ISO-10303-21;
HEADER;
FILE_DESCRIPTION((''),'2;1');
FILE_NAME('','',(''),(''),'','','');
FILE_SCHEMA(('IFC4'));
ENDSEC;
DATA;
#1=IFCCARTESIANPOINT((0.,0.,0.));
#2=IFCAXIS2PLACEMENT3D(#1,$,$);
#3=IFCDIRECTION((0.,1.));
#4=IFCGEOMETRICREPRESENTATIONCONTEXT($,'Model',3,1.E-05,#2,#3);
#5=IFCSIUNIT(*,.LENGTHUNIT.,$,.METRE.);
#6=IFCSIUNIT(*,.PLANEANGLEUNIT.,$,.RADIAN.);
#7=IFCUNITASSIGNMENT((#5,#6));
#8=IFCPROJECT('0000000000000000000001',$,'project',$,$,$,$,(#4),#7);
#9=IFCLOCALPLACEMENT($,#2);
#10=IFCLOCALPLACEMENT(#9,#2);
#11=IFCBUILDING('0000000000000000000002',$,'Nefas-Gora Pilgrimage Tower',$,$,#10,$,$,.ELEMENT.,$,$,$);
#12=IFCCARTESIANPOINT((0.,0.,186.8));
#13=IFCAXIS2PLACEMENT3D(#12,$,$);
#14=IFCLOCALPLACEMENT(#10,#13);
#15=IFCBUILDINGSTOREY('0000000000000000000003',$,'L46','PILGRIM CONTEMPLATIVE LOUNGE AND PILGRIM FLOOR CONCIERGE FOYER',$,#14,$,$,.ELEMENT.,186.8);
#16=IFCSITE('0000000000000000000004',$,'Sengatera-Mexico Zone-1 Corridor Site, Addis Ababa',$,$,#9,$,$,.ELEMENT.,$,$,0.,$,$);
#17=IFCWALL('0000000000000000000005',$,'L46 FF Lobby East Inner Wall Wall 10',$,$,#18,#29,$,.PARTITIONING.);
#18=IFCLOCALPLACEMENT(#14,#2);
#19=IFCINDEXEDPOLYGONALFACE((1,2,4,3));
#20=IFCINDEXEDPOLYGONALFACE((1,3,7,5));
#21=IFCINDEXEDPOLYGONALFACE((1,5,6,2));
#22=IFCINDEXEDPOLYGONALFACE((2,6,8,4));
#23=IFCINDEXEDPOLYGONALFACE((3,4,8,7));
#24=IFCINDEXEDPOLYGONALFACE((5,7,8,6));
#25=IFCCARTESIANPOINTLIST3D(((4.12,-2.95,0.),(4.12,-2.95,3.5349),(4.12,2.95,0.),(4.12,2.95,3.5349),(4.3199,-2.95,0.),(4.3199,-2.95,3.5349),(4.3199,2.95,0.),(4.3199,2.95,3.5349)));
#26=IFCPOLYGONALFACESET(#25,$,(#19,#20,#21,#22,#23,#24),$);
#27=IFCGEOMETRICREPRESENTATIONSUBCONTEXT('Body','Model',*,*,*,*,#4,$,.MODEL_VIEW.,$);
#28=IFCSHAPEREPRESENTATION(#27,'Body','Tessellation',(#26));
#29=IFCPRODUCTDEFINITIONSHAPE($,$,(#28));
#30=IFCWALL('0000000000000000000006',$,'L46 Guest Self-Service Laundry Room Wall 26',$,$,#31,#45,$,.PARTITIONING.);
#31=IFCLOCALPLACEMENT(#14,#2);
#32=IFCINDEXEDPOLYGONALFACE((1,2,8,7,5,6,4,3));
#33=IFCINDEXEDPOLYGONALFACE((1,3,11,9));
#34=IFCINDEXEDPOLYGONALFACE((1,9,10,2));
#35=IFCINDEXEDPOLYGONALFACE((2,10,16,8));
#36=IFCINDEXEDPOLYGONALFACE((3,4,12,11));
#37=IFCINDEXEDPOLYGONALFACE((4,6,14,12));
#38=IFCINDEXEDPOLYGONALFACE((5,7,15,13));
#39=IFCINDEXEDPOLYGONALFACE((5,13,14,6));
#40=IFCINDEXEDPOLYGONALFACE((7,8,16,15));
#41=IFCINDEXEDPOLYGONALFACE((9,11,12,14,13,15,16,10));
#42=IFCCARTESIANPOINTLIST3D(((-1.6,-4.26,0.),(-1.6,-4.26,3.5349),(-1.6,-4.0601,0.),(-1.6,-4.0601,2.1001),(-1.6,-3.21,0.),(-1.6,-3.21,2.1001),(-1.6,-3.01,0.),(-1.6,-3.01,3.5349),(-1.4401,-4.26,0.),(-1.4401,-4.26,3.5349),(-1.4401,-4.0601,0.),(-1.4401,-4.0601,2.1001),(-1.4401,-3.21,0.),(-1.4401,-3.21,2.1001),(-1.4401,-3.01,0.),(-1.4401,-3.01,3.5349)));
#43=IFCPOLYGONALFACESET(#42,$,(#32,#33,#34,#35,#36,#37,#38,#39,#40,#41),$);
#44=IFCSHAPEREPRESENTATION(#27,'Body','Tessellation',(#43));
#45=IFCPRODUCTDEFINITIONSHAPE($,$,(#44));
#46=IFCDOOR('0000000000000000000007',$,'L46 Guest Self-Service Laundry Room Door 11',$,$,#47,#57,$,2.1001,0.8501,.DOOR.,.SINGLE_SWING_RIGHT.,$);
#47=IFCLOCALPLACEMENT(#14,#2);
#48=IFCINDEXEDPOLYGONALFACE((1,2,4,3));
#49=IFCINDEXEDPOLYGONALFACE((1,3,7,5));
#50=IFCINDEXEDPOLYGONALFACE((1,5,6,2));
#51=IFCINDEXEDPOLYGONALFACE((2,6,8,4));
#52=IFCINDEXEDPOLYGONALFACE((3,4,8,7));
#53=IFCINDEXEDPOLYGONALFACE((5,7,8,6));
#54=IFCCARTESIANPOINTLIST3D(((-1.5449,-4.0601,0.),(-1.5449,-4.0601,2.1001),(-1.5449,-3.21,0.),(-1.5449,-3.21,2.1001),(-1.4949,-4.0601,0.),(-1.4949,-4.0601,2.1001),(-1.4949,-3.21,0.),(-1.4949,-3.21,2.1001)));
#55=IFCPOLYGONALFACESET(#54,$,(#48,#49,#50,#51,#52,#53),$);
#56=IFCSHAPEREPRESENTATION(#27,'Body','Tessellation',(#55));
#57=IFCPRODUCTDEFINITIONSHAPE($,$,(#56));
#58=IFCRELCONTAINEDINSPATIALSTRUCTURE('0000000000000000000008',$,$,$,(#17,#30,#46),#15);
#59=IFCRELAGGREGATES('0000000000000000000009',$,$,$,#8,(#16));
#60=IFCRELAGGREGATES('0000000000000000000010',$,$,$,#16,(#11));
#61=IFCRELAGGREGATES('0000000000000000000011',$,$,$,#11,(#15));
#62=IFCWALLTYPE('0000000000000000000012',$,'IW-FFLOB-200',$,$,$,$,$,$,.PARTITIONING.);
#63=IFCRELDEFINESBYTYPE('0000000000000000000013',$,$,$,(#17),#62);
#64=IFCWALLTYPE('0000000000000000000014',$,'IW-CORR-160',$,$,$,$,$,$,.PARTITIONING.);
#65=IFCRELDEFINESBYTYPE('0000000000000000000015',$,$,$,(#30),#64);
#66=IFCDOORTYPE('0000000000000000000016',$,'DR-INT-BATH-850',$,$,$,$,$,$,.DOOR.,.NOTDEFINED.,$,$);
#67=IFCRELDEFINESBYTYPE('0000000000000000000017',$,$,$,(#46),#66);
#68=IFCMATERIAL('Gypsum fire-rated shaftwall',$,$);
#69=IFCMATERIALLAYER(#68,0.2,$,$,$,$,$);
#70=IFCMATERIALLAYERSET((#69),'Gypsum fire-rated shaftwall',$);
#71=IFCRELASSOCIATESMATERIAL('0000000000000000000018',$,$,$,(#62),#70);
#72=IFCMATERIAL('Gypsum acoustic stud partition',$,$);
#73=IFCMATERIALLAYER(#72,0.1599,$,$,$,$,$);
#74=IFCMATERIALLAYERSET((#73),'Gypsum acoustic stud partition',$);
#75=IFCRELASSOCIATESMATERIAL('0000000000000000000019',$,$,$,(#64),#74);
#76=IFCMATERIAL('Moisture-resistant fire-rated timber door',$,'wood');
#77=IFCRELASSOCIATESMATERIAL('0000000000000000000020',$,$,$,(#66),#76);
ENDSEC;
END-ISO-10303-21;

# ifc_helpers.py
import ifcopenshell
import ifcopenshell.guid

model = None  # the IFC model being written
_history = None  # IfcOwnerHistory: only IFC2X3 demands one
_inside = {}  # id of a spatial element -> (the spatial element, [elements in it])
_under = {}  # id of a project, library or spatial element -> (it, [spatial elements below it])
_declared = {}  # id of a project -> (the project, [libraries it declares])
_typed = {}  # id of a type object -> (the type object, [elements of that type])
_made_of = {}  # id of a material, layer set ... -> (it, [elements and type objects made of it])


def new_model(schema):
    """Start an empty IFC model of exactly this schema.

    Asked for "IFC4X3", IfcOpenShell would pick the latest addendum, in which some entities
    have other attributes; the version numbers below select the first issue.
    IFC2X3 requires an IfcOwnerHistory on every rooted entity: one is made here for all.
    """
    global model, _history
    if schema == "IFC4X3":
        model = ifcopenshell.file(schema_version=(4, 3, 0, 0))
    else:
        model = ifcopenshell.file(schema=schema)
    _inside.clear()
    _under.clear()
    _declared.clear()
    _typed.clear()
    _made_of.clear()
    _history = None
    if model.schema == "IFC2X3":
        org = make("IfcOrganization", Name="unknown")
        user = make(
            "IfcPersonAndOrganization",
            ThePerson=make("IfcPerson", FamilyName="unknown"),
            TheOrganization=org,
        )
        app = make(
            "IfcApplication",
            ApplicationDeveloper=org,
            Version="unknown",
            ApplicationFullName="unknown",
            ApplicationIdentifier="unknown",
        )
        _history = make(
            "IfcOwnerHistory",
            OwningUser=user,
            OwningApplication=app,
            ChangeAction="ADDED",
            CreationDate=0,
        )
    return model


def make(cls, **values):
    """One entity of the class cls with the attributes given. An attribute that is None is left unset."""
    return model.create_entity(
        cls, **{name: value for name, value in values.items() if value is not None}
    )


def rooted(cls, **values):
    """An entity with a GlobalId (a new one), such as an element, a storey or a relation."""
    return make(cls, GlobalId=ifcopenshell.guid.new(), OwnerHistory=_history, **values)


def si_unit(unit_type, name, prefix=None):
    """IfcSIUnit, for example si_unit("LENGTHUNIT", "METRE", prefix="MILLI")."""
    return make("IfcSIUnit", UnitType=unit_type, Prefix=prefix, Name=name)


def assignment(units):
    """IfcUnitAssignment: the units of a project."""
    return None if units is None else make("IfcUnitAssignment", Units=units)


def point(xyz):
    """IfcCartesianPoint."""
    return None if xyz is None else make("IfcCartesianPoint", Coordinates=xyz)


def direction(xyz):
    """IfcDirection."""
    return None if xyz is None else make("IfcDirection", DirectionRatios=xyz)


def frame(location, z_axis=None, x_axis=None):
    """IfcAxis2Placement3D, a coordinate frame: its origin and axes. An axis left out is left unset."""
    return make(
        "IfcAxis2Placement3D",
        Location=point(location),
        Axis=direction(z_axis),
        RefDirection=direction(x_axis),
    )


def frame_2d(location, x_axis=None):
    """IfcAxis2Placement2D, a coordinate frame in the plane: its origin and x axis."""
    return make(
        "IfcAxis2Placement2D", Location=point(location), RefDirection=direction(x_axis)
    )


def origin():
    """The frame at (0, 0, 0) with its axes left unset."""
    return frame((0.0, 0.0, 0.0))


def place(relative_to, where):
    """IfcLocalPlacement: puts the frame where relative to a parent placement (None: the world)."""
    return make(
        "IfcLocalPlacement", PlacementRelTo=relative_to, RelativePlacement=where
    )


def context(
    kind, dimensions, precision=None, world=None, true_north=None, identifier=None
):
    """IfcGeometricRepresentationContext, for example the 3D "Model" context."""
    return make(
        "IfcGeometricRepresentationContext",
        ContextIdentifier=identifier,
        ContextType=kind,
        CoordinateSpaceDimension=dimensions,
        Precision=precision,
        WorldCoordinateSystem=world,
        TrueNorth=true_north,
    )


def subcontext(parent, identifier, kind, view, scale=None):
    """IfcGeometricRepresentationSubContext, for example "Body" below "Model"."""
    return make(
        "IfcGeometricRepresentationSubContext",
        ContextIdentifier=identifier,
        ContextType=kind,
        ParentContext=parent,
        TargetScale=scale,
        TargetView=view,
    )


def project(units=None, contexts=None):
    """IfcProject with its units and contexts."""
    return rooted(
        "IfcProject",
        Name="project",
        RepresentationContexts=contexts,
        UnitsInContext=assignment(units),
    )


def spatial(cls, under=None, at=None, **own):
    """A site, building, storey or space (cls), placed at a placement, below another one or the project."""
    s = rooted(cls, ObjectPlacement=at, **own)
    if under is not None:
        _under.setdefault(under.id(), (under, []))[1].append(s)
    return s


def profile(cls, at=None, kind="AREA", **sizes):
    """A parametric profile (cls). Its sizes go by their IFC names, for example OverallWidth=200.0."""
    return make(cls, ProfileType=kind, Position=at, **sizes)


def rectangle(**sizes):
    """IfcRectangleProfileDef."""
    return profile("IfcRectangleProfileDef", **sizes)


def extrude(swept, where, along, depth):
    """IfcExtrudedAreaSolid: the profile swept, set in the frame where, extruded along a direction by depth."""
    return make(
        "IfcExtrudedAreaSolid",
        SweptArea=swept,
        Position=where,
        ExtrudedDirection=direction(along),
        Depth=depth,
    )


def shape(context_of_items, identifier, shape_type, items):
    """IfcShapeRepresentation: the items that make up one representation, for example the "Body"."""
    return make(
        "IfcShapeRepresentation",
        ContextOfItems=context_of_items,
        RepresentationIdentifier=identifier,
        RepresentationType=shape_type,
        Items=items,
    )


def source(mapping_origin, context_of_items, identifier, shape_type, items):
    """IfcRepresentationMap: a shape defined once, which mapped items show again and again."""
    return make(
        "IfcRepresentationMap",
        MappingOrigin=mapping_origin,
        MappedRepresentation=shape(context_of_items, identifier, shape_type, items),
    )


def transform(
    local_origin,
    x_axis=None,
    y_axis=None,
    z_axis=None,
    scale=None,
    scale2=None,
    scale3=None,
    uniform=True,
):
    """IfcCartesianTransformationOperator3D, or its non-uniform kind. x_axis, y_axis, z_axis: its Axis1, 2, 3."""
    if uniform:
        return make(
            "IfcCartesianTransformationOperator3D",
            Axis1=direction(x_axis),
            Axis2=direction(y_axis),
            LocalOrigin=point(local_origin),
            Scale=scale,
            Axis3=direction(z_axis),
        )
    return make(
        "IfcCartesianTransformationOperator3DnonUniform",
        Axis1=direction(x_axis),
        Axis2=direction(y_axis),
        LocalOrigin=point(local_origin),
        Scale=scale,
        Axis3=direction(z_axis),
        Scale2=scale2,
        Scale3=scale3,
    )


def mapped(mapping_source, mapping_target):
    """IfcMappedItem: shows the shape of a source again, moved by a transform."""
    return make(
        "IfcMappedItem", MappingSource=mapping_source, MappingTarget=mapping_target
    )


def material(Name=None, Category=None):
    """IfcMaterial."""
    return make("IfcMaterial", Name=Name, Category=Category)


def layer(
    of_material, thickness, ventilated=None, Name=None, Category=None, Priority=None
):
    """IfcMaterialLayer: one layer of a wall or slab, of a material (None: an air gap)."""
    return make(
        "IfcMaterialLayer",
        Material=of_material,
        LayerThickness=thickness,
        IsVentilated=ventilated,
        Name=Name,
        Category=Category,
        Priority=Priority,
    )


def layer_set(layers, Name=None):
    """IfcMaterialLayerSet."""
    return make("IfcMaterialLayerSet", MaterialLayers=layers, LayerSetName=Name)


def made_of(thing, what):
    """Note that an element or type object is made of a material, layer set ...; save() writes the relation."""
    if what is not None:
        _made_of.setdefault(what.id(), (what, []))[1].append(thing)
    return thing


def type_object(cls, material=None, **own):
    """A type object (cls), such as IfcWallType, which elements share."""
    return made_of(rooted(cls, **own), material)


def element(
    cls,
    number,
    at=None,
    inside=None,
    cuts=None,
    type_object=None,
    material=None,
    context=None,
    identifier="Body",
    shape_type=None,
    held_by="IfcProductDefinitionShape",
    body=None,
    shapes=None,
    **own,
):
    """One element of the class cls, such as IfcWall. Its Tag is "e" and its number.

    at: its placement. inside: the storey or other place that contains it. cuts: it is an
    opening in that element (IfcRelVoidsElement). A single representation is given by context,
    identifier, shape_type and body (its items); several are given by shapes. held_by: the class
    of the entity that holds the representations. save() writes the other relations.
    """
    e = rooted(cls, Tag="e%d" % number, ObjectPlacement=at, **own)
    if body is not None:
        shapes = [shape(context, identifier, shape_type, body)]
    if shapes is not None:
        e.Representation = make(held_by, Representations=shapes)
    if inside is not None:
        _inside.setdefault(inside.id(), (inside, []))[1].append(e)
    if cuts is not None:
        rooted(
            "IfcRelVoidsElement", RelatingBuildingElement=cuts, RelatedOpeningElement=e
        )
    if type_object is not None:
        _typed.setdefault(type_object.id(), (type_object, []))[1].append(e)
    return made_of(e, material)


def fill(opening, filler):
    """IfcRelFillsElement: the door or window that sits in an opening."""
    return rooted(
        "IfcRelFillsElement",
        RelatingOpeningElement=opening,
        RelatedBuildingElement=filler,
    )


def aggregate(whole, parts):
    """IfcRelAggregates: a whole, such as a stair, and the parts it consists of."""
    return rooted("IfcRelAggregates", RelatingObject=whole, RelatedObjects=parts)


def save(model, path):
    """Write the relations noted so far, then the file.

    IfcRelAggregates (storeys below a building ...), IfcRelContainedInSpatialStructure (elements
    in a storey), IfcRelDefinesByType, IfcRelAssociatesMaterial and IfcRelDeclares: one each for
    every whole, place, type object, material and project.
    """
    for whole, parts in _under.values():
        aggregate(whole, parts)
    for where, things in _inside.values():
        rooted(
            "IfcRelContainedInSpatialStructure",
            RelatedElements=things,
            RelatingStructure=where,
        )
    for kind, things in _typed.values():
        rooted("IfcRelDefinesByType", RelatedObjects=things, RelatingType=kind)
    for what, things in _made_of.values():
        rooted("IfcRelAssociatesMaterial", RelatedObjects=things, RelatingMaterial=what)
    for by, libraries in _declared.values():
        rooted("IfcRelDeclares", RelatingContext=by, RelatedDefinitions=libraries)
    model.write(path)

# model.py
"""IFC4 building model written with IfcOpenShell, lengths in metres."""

from ifc_helpers import new_model, si_unit, direction, frame, frame_2d, origin, place, context, subcontext, project, spatial, rectangle, extrude, source, transform, mapped, material, layer, layer_set, type_object, element, fill, save


model = new_model("IFC4")

# Units and contexts
model_context = context("Model", 3, precision=1e-05, world=origin(), true_north=direction((0.0, 1.0)))
body_context = subcontext(model_context, "Body", "Model", "MODEL_VIEW")
ifc_project = project(units=[si_unit("LENGTHUNIT", "METRE"), si_unit("PLANEANGLEUNIT", "RADIAN")], contexts=[model_context])

# Site, building, storey
site_placement = place(None, origin())
site = spatial("IfcSite", under=ifc_project, at=site_placement, Name="Sengatera-Mexico Zone-1 Corridor Site, Addis Ababa", CompositionType="ELEMENT", RefElevation=0.0)
building_placement = place(site_placement, origin())
building = spatial("IfcBuilding", under=site, at=building_placement, Name="Nefas-Gora Pilgrimage Tower", CompositionType="ELEMENT")
storey_placement = place(building_placement, frame((0.0, 0.0, 186.8)))
storey = spatial("IfcBuildingStorey", under=building, at=storey_placement, Name="L46", Description="PILGRIM CONTEMPLATIVE LOUNGE AND PILGRIM FLOOR CONCIERGE FOYER", CompositionType="ELEMENT", Elevation=186.8)

# Wall
ifc_material_1 = material(Name="Gypsum fire-rated shaftwall")
ifc_layer_1 = layer(ifc_material_1, 0.2)
ifc_layer_set_1 = layer_set([ifc_layer_1], Name="Gypsum fire-rated shaftwall")
wall_type_1 = type_object("IfcWallType", Name="IW-FFLOB-200", PredefinedType="PARTITIONING", material=ifc_layer_set_1)
shared_shape_1 = source(origin(), body_context, "Body", "SweptSolid", [
    extrude(rectangle(XDim=5.8999, YDim=0.2, at=frame_2d((2.95, 0.0))), origin(), (0.0, 0.0, 1.0), 3.5349),
])
wall_1_placement = place(storey_placement, frame((4.22, -2.95, 0.0), z_axis=(0.0, 0.0, 1.0), x_axis=(0.0, 1.0, 0.0)))
element("IfcWall", 1, at=wall_1_placement, inside=storey, type_object=wall_type_1, Name="L46 FF Lobby East Inner Wall Wall 10", PredefinedType="PARTITIONING", context=body_context, shape_type="MappedRepresentation", body=[
    mapped(shared_shape_1, transform((0.0, 0.0, 0.0), x_axis=(1.0, 0.0, 0.0), y_axis=(0.0, 1.0, 0.0), z_axis=(0.0, 0.0, 1.0), scale=1.0)),
])

# Wall, opening, door
ifc_material_2 = material(Name="Gypsum acoustic stud partition")
ifc_layer_2 = layer(ifc_material_2, 0.1599)
ifc_layer_set_2 = layer_set([ifc_layer_2], Name="Gypsum acoustic stud partition")
wall_type_2 = type_object("IfcWallType", Name="IW-CORR-160", PredefinedType="PARTITIONING", material=ifc_layer_set_2)
shared_shape_2 = source(origin(), body_context, "Body", "SweptSolid", [
    extrude(rectangle(XDim=1.25, YDim=0.1599, at=frame_2d((0.625, 0.0))), origin(), (0.0, 0.0, 1.0), 3.5349),
])
wall_2_placement = place(storey_placement, frame((-1.52, -4.26, 0.0), z_axis=(0.0, 0.0, 1.0), x_axis=(0.0, 1.0, 0.0)))
wall_2 = element("IfcWall", 2, at=wall_2_placement, inside=storey, type_object=wall_type_2, Name="L46 Guest Self-Service Laundry Room Wall 26", PredefinedType="PARTITIONING", context=body_context, shape_type="MappedRepresentation", body=[
    mapped(shared_shape_2, transform((0.0, 0.0, 0.0), x_axis=(1.0, 0.0, 0.0), y_axis=(0.0, 1.0, 0.0), z_axis=(0.0, 0.0, 1.0), scale=1.0)),
])
opening_1_placement = place(wall_2_placement, frame((0.2, 0.0, 0.0)))
opening_1 = element("IfcOpeningElement", 3, at=opening_1_placement, cuts=wall_2, PredefinedType="OPENING", context=body_context, shape_type="SweptSolid", body=[
    extrude(rectangle(XDim=0.8501, YDim=2.1001, at=frame_2d((0.425, 1.05))), frame((0.0, 0.0898, 0.0), z_axis=(0.0, -1.0, 0.0), x_axis=(1.0, 0.0, 0.0)), (0.0, 0.0, 1.0), 0.1799),
])
ifc_material_3 = material(Name="Moisture-resistant fire-rated timber door", Category="wood")
door_type_1 = type_object("IfcDoorType", Name="DR-INT-BATH-850", OperationType="NOTDEFINED", PredefinedType="DOOR", material=ifc_material_3)
shared_shape_3 = source(origin(), body_context, "Body", "SweptSolid", [
    extrude(rectangle(XDim=0.8501, YDim=2.1001, at=frame_2d((0.425, 1.05))), frame((0.0, 0.0249, 0.0), z_axis=(0.0, -1.0, 0.0), x_axis=(1.0, 0.0, 0.0)), (0.0, 0.0, 1.0), 0.05),
])
door_1_placement = place(opening_1_placement, origin())
door_1 = element("IfcDoor", 4, at=door_1_placement, inside=storey, type_object=door_type_1, Name="L46 Guest Self-Service Laundry Room Door 11", OperationType="SINGLE_SWING_RIGHT", OverallHeight=2.1001, OverallWidth=0.8501, PredefinedType="DOOR", context=body_context, shape_type="MappedRepresentation", body=[
    mapped(shared_shape_3, transform((0.0, 0.0, 0.0), x_axis=(1.0, 0.0, 0.0), y_axis=(0.0, 1.0, 0.0), z_axis=(0.0, 0.0, 1.0), scale=1.0)),
])
fill(opening_1, door_1)

save(model, "model.ifc")
